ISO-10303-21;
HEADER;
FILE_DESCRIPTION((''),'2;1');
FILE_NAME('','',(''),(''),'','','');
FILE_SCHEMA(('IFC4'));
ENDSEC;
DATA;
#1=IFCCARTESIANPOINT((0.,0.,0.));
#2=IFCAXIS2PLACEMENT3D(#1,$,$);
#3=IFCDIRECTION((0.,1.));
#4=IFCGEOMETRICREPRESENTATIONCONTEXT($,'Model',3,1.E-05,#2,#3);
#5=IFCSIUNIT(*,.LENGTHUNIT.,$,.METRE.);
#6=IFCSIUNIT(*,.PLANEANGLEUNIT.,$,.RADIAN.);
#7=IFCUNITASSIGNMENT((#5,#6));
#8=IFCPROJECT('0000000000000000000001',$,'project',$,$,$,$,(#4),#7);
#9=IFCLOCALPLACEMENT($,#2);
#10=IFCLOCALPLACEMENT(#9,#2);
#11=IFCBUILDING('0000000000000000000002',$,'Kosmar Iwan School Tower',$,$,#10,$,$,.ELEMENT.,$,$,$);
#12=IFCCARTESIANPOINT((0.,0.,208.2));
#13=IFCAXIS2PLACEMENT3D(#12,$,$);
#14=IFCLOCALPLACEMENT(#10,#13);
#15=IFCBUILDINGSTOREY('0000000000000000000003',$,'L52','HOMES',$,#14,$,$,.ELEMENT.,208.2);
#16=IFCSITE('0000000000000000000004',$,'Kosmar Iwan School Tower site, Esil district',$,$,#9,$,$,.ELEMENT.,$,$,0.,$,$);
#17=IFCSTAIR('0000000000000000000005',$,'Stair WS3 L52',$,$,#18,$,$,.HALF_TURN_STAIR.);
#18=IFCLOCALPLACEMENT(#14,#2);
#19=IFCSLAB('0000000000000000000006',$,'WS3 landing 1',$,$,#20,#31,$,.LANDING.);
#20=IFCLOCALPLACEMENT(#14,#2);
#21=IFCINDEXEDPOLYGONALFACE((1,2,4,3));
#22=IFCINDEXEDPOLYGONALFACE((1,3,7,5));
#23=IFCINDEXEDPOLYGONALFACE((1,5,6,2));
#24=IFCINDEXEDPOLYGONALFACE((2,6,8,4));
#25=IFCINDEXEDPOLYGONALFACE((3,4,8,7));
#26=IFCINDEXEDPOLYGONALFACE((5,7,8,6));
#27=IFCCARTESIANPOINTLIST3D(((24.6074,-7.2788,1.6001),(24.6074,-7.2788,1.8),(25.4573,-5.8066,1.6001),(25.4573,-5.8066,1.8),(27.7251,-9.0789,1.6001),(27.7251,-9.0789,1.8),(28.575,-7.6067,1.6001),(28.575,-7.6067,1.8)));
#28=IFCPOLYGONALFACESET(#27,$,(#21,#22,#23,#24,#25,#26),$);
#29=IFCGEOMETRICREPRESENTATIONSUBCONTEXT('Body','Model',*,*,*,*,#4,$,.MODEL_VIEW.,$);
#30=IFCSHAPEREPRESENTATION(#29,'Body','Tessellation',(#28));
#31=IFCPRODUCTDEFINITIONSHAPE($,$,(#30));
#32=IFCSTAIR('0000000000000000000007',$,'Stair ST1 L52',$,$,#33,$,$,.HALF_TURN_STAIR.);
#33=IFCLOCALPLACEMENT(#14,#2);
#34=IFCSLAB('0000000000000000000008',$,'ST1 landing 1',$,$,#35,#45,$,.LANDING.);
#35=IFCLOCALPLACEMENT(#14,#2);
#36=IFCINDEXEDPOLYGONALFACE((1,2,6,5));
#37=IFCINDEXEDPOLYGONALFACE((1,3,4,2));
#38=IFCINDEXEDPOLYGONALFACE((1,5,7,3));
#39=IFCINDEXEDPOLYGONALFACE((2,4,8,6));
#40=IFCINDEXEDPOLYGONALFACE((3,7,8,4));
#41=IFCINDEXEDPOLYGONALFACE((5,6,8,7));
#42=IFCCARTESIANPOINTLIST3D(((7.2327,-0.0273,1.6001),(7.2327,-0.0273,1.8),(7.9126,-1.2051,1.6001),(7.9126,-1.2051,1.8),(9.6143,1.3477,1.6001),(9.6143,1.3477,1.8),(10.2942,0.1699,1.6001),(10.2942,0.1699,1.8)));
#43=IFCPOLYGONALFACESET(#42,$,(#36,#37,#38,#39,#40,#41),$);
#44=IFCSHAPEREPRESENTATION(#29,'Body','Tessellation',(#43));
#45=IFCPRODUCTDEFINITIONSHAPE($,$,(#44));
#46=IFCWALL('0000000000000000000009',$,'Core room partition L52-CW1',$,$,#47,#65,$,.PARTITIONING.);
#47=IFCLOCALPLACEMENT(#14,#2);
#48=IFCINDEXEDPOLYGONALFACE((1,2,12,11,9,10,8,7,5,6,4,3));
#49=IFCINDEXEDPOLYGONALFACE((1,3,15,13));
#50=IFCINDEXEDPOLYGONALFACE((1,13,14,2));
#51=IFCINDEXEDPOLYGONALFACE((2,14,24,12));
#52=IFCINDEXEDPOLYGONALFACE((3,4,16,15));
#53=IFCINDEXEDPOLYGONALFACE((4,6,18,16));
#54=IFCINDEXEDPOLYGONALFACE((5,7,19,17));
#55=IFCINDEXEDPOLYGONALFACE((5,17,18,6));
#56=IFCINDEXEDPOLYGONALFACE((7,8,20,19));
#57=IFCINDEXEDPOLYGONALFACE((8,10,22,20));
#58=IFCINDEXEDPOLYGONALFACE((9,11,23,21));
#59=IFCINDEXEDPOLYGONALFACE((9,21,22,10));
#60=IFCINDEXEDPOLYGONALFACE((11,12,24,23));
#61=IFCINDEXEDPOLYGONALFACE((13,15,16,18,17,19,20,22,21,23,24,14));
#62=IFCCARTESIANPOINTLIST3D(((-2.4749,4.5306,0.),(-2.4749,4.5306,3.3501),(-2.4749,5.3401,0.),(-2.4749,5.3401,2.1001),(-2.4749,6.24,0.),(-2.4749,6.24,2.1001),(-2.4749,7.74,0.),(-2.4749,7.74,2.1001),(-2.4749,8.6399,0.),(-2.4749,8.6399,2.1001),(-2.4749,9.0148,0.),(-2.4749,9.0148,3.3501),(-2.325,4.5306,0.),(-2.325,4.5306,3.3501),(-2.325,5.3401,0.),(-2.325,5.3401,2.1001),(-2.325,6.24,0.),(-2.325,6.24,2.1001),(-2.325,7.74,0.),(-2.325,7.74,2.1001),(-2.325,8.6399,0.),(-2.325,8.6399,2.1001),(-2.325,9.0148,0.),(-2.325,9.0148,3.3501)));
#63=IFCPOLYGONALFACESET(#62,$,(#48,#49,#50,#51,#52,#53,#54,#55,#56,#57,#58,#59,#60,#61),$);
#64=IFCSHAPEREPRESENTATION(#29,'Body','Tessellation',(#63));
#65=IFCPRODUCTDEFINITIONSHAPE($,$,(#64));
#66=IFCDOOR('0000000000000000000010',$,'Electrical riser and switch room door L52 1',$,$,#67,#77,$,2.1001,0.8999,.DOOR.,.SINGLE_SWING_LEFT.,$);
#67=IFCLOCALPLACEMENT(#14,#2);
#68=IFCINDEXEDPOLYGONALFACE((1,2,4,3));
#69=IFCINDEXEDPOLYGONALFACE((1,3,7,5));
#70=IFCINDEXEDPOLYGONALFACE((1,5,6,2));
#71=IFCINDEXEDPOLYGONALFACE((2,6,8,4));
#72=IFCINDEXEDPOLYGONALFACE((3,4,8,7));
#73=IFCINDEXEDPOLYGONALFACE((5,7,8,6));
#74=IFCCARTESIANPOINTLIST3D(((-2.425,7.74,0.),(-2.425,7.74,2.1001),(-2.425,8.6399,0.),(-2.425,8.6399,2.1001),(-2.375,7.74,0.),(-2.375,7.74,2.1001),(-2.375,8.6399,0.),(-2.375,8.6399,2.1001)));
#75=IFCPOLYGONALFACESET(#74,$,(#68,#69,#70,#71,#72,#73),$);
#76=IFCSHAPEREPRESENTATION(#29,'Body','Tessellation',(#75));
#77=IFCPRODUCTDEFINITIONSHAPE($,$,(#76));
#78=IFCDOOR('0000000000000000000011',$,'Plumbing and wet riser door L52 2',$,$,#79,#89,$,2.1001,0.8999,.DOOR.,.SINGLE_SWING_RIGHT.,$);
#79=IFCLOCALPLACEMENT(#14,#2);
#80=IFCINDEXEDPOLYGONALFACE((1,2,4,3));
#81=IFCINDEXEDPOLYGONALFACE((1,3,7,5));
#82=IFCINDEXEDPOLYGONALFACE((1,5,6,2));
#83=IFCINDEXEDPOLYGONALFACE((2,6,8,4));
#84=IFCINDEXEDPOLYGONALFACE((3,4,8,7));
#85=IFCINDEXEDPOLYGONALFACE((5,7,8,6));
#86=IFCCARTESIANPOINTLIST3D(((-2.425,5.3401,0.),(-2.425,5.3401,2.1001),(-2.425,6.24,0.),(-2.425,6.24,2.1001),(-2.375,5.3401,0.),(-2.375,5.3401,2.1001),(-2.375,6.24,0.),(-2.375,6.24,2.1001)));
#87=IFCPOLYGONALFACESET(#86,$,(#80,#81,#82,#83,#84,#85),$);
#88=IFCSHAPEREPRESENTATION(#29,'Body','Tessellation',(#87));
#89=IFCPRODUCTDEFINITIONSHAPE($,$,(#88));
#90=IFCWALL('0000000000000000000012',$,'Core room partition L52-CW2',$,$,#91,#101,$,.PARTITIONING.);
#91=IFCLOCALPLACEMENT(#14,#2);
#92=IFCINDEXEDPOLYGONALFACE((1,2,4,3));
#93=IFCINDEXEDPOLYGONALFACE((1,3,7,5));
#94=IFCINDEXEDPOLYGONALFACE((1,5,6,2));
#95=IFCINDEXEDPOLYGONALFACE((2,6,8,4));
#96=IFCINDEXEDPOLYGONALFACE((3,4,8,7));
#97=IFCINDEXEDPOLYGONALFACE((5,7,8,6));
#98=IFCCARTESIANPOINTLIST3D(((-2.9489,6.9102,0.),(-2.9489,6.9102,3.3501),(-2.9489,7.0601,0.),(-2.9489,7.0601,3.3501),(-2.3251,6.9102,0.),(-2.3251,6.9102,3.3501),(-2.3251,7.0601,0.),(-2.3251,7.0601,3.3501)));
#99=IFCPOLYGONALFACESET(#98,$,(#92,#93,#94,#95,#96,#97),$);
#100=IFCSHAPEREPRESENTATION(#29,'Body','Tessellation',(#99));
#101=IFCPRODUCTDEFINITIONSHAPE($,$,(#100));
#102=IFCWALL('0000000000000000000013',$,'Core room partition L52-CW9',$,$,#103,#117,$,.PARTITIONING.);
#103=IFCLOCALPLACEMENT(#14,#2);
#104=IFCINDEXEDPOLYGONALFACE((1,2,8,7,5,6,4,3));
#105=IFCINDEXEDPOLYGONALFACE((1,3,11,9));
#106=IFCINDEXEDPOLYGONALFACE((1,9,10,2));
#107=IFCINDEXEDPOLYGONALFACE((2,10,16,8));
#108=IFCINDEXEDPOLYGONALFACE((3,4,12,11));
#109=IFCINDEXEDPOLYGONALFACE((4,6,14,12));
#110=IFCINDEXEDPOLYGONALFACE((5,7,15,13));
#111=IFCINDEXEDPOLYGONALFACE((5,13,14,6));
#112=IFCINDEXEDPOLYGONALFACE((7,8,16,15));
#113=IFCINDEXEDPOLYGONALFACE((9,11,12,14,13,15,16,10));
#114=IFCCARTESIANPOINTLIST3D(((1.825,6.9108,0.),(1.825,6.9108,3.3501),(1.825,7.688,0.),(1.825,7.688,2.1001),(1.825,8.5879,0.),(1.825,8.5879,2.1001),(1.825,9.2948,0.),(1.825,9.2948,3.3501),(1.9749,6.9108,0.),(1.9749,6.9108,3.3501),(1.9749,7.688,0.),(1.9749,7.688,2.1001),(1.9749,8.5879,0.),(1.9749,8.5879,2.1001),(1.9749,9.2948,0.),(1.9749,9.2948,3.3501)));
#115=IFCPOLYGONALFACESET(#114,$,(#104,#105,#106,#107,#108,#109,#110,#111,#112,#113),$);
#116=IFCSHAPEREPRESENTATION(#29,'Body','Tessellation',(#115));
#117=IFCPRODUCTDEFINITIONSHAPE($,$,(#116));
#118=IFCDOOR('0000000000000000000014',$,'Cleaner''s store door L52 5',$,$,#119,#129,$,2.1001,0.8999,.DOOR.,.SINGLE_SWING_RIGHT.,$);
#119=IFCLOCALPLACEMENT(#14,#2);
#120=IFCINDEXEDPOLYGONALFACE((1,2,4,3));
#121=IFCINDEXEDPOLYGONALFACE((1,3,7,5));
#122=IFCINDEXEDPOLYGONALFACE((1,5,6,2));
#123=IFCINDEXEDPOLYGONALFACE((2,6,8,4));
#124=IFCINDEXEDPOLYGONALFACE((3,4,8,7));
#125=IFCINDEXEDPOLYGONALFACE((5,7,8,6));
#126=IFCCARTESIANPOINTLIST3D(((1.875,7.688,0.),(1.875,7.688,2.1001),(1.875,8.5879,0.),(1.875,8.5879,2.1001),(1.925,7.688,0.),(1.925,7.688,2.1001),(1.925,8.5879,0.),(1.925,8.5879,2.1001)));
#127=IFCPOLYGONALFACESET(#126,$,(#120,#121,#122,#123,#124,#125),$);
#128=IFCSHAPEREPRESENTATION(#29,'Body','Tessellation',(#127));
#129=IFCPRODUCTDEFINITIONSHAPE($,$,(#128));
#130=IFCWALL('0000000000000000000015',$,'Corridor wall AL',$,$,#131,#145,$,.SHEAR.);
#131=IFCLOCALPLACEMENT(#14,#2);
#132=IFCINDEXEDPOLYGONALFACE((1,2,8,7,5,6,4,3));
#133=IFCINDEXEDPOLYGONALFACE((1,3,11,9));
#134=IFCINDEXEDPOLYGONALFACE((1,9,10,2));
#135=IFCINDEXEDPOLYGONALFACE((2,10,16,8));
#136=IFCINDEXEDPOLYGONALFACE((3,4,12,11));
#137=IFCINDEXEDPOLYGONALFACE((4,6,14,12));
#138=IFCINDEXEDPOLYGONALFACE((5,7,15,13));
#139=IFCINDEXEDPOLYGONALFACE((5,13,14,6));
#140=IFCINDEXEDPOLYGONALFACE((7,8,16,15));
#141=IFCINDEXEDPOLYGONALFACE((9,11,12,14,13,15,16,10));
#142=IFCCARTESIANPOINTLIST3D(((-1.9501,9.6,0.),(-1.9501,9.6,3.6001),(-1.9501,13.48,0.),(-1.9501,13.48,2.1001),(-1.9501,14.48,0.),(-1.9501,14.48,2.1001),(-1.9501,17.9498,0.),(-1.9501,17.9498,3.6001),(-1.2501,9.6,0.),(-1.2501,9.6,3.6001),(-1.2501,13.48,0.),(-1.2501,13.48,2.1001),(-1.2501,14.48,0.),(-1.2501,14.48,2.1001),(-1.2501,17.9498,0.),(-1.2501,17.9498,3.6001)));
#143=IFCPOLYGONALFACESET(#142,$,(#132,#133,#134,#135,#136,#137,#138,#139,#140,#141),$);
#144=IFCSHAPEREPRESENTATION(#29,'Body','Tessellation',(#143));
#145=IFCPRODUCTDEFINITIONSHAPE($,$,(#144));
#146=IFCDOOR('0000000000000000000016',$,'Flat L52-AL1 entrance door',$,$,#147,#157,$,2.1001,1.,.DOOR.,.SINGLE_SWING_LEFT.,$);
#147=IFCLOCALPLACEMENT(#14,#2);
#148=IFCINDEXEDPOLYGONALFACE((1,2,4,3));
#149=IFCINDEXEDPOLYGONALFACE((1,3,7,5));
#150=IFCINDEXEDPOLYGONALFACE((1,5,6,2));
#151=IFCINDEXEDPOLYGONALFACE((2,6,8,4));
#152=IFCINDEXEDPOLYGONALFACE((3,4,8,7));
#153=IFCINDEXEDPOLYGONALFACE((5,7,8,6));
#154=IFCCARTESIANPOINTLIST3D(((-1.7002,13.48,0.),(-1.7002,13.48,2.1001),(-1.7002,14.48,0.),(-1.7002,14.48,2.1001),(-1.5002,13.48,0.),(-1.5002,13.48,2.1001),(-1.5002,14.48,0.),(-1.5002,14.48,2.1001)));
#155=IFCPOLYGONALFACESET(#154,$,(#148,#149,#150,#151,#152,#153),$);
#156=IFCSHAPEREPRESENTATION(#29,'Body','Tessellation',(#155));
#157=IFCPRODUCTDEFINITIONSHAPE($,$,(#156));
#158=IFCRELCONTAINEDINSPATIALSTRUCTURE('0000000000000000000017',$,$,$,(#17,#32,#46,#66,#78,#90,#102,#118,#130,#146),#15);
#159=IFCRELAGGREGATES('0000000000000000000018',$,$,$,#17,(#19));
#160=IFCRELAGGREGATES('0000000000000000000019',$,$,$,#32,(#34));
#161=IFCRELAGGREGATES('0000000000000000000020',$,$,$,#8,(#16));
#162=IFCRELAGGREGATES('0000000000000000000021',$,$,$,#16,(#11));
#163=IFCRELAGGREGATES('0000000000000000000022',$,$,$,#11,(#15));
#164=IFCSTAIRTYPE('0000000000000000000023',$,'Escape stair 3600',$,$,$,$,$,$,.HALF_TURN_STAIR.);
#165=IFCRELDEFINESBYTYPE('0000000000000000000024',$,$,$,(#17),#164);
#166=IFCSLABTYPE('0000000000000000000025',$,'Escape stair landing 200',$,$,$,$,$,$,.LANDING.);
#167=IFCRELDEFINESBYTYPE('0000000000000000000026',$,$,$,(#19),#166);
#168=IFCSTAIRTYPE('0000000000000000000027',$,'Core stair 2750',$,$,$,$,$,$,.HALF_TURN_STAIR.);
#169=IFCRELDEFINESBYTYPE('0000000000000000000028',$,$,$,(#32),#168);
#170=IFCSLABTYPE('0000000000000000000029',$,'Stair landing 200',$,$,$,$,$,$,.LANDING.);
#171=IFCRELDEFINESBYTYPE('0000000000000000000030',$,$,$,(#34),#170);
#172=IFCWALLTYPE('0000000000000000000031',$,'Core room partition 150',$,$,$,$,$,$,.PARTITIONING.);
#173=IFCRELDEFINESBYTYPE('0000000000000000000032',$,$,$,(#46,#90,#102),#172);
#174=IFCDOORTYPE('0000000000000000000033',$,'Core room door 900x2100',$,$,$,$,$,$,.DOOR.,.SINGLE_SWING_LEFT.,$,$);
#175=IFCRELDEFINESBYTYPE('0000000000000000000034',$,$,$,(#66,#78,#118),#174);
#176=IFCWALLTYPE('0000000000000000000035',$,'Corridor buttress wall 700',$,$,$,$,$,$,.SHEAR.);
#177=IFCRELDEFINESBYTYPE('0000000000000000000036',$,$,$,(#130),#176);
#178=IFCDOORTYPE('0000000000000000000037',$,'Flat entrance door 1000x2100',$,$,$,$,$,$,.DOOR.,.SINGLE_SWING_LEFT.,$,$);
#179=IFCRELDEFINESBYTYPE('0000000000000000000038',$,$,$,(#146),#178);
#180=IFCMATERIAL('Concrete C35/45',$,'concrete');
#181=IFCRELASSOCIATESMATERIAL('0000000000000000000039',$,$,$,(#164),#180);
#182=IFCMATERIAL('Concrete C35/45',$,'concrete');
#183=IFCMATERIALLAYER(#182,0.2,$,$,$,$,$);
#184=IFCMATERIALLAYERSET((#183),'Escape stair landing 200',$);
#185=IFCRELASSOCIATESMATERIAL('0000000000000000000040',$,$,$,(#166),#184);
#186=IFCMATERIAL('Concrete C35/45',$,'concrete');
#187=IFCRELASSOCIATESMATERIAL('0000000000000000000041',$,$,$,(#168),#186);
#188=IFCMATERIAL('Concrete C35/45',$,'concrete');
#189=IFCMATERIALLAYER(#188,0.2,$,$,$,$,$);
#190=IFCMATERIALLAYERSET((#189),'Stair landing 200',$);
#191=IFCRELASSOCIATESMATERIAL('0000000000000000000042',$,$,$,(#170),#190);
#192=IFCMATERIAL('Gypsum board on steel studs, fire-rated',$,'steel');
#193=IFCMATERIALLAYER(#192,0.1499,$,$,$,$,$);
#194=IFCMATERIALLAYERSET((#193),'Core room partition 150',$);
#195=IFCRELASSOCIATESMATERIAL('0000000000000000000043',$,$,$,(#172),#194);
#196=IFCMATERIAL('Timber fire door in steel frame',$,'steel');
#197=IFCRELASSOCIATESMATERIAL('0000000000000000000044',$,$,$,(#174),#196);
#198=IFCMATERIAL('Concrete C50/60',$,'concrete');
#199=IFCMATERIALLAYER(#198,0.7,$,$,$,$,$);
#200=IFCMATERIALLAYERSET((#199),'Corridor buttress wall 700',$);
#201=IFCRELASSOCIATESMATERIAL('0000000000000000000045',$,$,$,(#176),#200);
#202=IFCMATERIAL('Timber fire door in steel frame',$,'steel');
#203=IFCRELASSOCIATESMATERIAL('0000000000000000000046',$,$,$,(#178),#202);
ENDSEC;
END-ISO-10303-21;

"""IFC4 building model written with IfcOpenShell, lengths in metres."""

from ifc_helpers import new_model, si_unit, direction, frame, frame_2d, origin, place, context, subcontext, project, spatial, polyline, rectangle, outline, extrude, material, layer, layer_set, type_object, element, fill, aggregate, save


model = new_model("IFC4")

# Units and contexts
model_context = context("Model", 3, precision=1e-05, world=origin(), true_north=direction((0.0, 1.0)))
body_context = subcontext(model_context, "Body", "Model", "MODEL_VIEW")
ifc_project = project(units=[si_unit("LENGTHUNIT", "METRE"), si_unit("PLANEANGLEUNIT", "RADIAN")], contexts=[model_context])

# Site, building, storey
site_placement = place(None, origin())
site = spatial("IfcSite", under=ifc_project, at=site_placement, Name="Kosmar Iwan School Tower site, Esil district", CompositionType="ELEMENT", RefElevation=0.0)
building_placement = place(site_placement, origin())
building = spatial("IfcBuilding", under=site, at=building_placement, Name="Kosmar Iwan School Tower", CompositionType="ELEMENT")
storey_placement = place(building_placement, frame((0.0, 0.0, 208.2)))
storey = spatial("IfcBuildingStorey", under=building, at=storey_placement, Name="L52", Description="HOMES", CompositionType="ELEMENT", Elevation=208.2)

# Stairs, slabs
ifc_material_1 = material(Name="Concrete C35/45", Category="concrete")
stair_type_1 = type_object("IfcStairType", Name="Escape stair 3600", PredefinedType="HALF_TURN_STAIR", material=ifc_material_1)
stair_1_placement = place(storey_placement, origin())
stair_1 = element("IfcStair", 1, at=stair_1_placement, inside=storey, type_object=stair_type_1, Name="Stair WS3 L52", PredefinedType="HALF_TURN_STAIR")
ifc_material_2 = material(Name="Concrete C35/45", Category="concrete")
ifc_layer_1 = layer(ifc_material_2, 0.2)
ifc_layer_set_1 = layer_set([ifc_layer_1], Name="Escape stair landing 200")
slab_type_1 = type_object("IfcSlabType", Name="Escape stair landing 200", PredefinedType="LANDING", material=ifc_layer_set_1)
slab_1_placement = place(storey_placement, frame((0.0, 0.0, 1.6001)))
slab_1 = element("IfcSlab", 2, at=slab_1_placement, type_object=slab_type_1, Name="WS3 landing 1", PredefinedType="LANDING", context=body_context, shape_type="SweptSolid", body=[
    extrude(outline(polyline([(24.6074, -7.2788), (27.7251, -9.0789), (28.575, -7.6067), (25.4573, -5.8066), (24.6074, -7.2788)])), origin(), (0.0, 0.0, 1.0), 0.2),
])
aggregate(stair_1, [slab_1])
ifc_material_3 = material(Name="Concrete C35/45", Category="concrete")
stair_type_2 = type_object("IfcStairType", Name="Core stair 2750", PredefinedType="HALF_TURN_STAIR", material=ifc_material_3)
stair_2_placement = place(storey_placement, origin())
stair_2 = element("IfcStair", 3, at=stair_2_placement, inside=storey, type_object=stair_type_2, Name="Stair ST1 L52", PredefinedType="HALF_TURN_STAIR")
ifc_material_4 = material(Name="Concrete C35/45", Category="concrete")
ifc_layer_2 = layer(ifc_material_4, 0.2)
ifc_layer_set_2 = layer_set([ifc_layer_2], Name="Stair landing 200")
slab_type_2 = type_object("IfcSlabType", Name="Stair landing 200", PredefinedType="LANDING", material=ifc_layer_set_2)
slab_2_placement = place(storey_placement, frame((0.0, 0.0, 1.6001)))
slab_2 = element("IfcSlab", 4, at=slab_2_placement, type_object=slab_type_2, Name="ST1 landing 1", PredefinedType="LANDING", context=body_context, shape_type="SweptSolid", body=[
    extrude(outline(polyline([(7.9126, -1.2051), (10.2942, 0.1699), (9.6143, 1.3477), (7.2327, -0.0273), (7.9126, -1.2051)])), origin(), (0.0, 0.0, 1.0), 0.2),
])
aggregate(stair_2, [slab_2])

# Wall, openings, doors
ifc_material_5 = material(Name="Gypsum board on steel studs, fire-rated", Category="steel")
ifc_layer_3 = layer(ifc_material_5, 0.1499)
ifc_layer_set_3 = layer_set([ifc_layer_3], Name="Core room partition 150")
wall_type_1 = type_object("IfcWallType", Name="Core room partition 150", PredefinedType="PARTITIONING", material=ifc_layer_set_3)
wall_1_placement = place(storey_placement, frame((-2.3999, 9.0149, 0.0), z_axis=(0.0, 0.0, 1.0), x_axis=(0.0, -1.0, 0.0)))
wall_1 = element("IfcWall", 5, at=wall_1_placement, inside=storey, type_object=wall_type_1, Name="Core room partition L52-CW1", PredefinedType="PARTITIONING", context=body_context, shape_type="SweptSolid", body=[
    extrude(rectangle(XDim=4.4841, YDim=0.1499, at=frame_2d((2.2422, 0.0))), origin(), (0.0, 0.0, 1.0), 3.3501),
])
opening_1_placement = place(wall_1_placement, frame((0.375, 0.0, 0.0)))
opening_1 = element("IfcOpeningElement", 6, at=opening_1_placement, cuts=wall_1, PredefinedType="OPENING", context=body_context, shape_type="SweptSolid", body=[
    extrude(rectangle(XDim=0.8999, YDim=2.1001, at=frame_2d((0.45, 1.05))), frame((0.0, 0.0869, 0.0), z_axis=(0.0, -1.0, 0.0), x_axis=(1.0, 0.0, 0.0)), (0.0, 0.0, 1.0), 0.1738),
])
opening_2_placement = place(wall_1_placement, frame((2.7749, 0.0, 0.0)))
opening_2 = element("IfcOpeningElement", 7, at=opening_2_placement, cuts=wall_1, PredefinedType="OPENING", context=body_context, shape_type="SweptSolid", body=[
    extrude(rectangle(XDim=0.8999, YDim=2.1001, at=frame_2d((0.45, 1.05))), frame((0.0, 0.0869, 0.0), z_axis=(0.0, -1.0, 0.0), x_axis=(1.0, 0.0, 0.0)), (0.0, 0.0, 1.0), 0.1738),
])
ifc_material_6 = material(Name="Timber fire door in steel frame", Category="steel")
door_type_1 = type_object("IfcDoorType", Name="Core room door 900x2100", OperationType="SINGLE_SWING_LEFT", PredefinedType="DOOR", material=ifc_material_6)
door_1_placement = place(opening_1_placement, origin())
door_1 = element("IfcDoor", 8, at=door_1_placement, inside=storey, type_object=door_type_1, Name="Electrical riser and switch room door L52 1", OperationType="SINGLE_SWING_LEFT", OverallHeight=2.1001, OverallWidth=0.8999, PredefinedType="DOOR", context=body_context, shape_type="SweptSolid", body=[
    extrude(rectangle(XDim=0.8999, YDim=2.1001, at=frame_2d((0.45, 1.05))), frame((0.0, 0.0249, 0.0), z_axis=(0.0, -1.0, 0.0), x_axis=(1.0, 0.0, 0.0)), (0.0, 0.0, 1.0), 0.05),
])
fill(opening_1, door_1)
door_2_placement = place(opening_2_placement, origin())
door_2 = element("IfcDoor", 9, at=door_2_placement, inside=storey, type_object=door_type_1, Name="Plumbing and wet riser door L52 2", OperationType="SINGLE_SWING_RIGHT", OverallHeight=2.1001, OverallWidth=0.8999, PredefinedType="DOOR", context=body_context, shape_type="SweptSolid", body=[
    extrude(rectangle(XDim=0.8999, YDim=2.1001, at=frame_2d((0.45, 1.05))), frame((0.0, 0.0249, 0.0), z_axis=(0.0, -1.0, 0.0), x_axis=(1.0, 0.0, 0.0)), (0.0, 0.0, 1.0), 0.05),
])
fill(opening_2, door_2)

# Wall
wall_2_placement = place(storey_placement, frame((-2.325, 6.9851, 0.0), z_axis=(0.0, 0.0, 1.0), x_axis=(-1.0, 0.0, 0.0)))
element("IfcWall", 10, at=wall_2_placement, inside=storey, type_object=wall_type_1, Name="Core room partition L52-CW2", PredefinedType="PARTITIONING", context=body_context, shape_type="SweptSolid", body=[
    extrude(rectangle(XDim=0.6238, YDim=0.1499, at=frame_2d((0.312, 0.0))), origin(), (0.0, 0.0, 1.0), 3.3501),
])

# Walls, openings, doors
wall_3_placement = place(storey_placement, frame((1.8999, 6.9109, 0.0), z_axis=(0.0, 0.0, 1.0), x_axis=(0.0, 1.0, 0.0)))
wall_3 = element("IfcWall", 11, at=wall_3_placement, inside=storey, type_object=wall_type_1, Name="Core room partition L52-CW9", PredefinedType="PARTITIONING", context=body_context, shape_type="SweptSolid", body=[
    extrude(rectangle(XDim=2.384, YDim=0.1499, at=frame_2d((1.1919, 0.0))), origin(), (0.0, 0.0, 1.0), 3.3501),
])
opening_3_placement = place(wall_3_placement, frame((0.7771, 0.0, 0.0)))
opening_3 = element("IfcOpeningElement", 12, at=opening_3_placement, cuts=wall_3, PredefinedType="OPENING", context=body_context, shape_type="SweptSolid", body=[
    extrude(rectangle(XDim=0.8999, YDim=2.1001, at=frame_2d((0.45, 1.05))), frame((0.0, 0.0869, 0.0), z_axis=(0.0, -1.0, 0.0), x_axis=(1.0, 0.0, 0.0)), (0.0, 0.0, 1.0), 0.1738),
])
door_3_placement = place(opening_3_placement, origin())
door_3 = element("IfcDoor", 13, at=door_3_placement, inside=storey, type_object=door_type_1, Name="Cleaner's store door L52 5", OperationType="SINGLE_SWING_RIGHT", OverallHeight=2.1001, OverallWidth=0.8999, PredefinedType="DOOR", context=body_context, shape_type="SweptSolid", body=[
    extrude(rectangle(XDim=0.8999, YDim=2.1001, at=frame_2d((0.45, 1.05))), frame((0.0, 0.0249, 0.0), z_axis=(0.0, -1.0, 0.0), x_axis=(1.0, 0.0, 0.0)), (0.0, 0.0, 1.0), 0.05),
])
fill(opening_3, door_3)
ifc_material_7 = material(Name="Concrete C50/60", Category="concrete")
ifc_layer_4 = layer(ifc_material_7, 0.7)
ifc_layer_set_4 = layer_set([ifc_layer_4], Name="Corridor buttress wall 700")
wall_type_2 = type_object("IfcWallType", Name="Corridor buttress wall 700", PredefinedType="SHEAR", material=ifc_layer_set_4)
wall_4_placement = place(storey_placement, frame((-1.6001, 9.6001, 0.0), z_axis=(0.0, 0.0, 1.0), x_axis=(0.0, 1.0, 0.0)))
wall_4 = element("IfcWall", 14, at=wall_4_placement, inside=storey, type_object=wall_type_2, Name="Corridor wall AL", PredefinedType="SHEAR", context=body_context, shape_type="SweptSolid", body=[
    extrude(rectangle(XDim=8.3499, YDim=0.7, at=frame_2d((4.1748, 0.0))), origin(), (0.0, 0.0, 1.0), 3.6001),
])
opening_4_placement = place(wall_4_placement, frame((3.8799, 0.0, 0.0)))
opening_4 = element("IfcOpeningElement", 15, at=opening_4_placement, cuts=wall_4, PredefinedType="OPENING", context=body_context, shape_type="SweptSolid", body=[
    extrude(rectangle(XDim=1.0, YDim=2.1001, at=frame_2d((0.5, 1.05))), frame((0.0, 0.3621, 0.0), z_axis=(0.0, -1.0, 0.0), x_axis=(1.0, 0.0, 0.0)), (0.0, 0.0, 1.0), 0.7239),
])
ifc_material_8 = material(Name="Timber fire door in steel frame", Category="steel")
door_type_2 = type_object("IfcDoorType", Name="Flat entrance door 1000x2100", OperationType="SINGLE_SWING_LEFT", PredefinedType="DOOR", material=ifc_material_8)
door_4_placement = place(opening_4_placement, origin())
door_4 = element("IfcDoor", 16, at=door_4_placement, inside=storey, type_object=door_type_2, Name="Flat L52-AL1 entrance door", OperationType="SINGLE_SWING_LEFT", OverallHeight=2.1001, OverallWidth=1.0, PredefinedType="DOOR", context=body_context, shape_type="SweptSolid", body=[
    extrude(rectangle(XDim=1.0, YDim=2.1001, at=frame_2d((0.5, 1.05))), frame((0.0, 0.1001, 0.0), z_axis=(0.0, -1.0, 0.0), x_axis=(1.0, 0.0, 0.0)), (0.0, 0.0, 1.0), 0.2),
])
fill(opening_4, door_4)

save(model, "model.ifc")
